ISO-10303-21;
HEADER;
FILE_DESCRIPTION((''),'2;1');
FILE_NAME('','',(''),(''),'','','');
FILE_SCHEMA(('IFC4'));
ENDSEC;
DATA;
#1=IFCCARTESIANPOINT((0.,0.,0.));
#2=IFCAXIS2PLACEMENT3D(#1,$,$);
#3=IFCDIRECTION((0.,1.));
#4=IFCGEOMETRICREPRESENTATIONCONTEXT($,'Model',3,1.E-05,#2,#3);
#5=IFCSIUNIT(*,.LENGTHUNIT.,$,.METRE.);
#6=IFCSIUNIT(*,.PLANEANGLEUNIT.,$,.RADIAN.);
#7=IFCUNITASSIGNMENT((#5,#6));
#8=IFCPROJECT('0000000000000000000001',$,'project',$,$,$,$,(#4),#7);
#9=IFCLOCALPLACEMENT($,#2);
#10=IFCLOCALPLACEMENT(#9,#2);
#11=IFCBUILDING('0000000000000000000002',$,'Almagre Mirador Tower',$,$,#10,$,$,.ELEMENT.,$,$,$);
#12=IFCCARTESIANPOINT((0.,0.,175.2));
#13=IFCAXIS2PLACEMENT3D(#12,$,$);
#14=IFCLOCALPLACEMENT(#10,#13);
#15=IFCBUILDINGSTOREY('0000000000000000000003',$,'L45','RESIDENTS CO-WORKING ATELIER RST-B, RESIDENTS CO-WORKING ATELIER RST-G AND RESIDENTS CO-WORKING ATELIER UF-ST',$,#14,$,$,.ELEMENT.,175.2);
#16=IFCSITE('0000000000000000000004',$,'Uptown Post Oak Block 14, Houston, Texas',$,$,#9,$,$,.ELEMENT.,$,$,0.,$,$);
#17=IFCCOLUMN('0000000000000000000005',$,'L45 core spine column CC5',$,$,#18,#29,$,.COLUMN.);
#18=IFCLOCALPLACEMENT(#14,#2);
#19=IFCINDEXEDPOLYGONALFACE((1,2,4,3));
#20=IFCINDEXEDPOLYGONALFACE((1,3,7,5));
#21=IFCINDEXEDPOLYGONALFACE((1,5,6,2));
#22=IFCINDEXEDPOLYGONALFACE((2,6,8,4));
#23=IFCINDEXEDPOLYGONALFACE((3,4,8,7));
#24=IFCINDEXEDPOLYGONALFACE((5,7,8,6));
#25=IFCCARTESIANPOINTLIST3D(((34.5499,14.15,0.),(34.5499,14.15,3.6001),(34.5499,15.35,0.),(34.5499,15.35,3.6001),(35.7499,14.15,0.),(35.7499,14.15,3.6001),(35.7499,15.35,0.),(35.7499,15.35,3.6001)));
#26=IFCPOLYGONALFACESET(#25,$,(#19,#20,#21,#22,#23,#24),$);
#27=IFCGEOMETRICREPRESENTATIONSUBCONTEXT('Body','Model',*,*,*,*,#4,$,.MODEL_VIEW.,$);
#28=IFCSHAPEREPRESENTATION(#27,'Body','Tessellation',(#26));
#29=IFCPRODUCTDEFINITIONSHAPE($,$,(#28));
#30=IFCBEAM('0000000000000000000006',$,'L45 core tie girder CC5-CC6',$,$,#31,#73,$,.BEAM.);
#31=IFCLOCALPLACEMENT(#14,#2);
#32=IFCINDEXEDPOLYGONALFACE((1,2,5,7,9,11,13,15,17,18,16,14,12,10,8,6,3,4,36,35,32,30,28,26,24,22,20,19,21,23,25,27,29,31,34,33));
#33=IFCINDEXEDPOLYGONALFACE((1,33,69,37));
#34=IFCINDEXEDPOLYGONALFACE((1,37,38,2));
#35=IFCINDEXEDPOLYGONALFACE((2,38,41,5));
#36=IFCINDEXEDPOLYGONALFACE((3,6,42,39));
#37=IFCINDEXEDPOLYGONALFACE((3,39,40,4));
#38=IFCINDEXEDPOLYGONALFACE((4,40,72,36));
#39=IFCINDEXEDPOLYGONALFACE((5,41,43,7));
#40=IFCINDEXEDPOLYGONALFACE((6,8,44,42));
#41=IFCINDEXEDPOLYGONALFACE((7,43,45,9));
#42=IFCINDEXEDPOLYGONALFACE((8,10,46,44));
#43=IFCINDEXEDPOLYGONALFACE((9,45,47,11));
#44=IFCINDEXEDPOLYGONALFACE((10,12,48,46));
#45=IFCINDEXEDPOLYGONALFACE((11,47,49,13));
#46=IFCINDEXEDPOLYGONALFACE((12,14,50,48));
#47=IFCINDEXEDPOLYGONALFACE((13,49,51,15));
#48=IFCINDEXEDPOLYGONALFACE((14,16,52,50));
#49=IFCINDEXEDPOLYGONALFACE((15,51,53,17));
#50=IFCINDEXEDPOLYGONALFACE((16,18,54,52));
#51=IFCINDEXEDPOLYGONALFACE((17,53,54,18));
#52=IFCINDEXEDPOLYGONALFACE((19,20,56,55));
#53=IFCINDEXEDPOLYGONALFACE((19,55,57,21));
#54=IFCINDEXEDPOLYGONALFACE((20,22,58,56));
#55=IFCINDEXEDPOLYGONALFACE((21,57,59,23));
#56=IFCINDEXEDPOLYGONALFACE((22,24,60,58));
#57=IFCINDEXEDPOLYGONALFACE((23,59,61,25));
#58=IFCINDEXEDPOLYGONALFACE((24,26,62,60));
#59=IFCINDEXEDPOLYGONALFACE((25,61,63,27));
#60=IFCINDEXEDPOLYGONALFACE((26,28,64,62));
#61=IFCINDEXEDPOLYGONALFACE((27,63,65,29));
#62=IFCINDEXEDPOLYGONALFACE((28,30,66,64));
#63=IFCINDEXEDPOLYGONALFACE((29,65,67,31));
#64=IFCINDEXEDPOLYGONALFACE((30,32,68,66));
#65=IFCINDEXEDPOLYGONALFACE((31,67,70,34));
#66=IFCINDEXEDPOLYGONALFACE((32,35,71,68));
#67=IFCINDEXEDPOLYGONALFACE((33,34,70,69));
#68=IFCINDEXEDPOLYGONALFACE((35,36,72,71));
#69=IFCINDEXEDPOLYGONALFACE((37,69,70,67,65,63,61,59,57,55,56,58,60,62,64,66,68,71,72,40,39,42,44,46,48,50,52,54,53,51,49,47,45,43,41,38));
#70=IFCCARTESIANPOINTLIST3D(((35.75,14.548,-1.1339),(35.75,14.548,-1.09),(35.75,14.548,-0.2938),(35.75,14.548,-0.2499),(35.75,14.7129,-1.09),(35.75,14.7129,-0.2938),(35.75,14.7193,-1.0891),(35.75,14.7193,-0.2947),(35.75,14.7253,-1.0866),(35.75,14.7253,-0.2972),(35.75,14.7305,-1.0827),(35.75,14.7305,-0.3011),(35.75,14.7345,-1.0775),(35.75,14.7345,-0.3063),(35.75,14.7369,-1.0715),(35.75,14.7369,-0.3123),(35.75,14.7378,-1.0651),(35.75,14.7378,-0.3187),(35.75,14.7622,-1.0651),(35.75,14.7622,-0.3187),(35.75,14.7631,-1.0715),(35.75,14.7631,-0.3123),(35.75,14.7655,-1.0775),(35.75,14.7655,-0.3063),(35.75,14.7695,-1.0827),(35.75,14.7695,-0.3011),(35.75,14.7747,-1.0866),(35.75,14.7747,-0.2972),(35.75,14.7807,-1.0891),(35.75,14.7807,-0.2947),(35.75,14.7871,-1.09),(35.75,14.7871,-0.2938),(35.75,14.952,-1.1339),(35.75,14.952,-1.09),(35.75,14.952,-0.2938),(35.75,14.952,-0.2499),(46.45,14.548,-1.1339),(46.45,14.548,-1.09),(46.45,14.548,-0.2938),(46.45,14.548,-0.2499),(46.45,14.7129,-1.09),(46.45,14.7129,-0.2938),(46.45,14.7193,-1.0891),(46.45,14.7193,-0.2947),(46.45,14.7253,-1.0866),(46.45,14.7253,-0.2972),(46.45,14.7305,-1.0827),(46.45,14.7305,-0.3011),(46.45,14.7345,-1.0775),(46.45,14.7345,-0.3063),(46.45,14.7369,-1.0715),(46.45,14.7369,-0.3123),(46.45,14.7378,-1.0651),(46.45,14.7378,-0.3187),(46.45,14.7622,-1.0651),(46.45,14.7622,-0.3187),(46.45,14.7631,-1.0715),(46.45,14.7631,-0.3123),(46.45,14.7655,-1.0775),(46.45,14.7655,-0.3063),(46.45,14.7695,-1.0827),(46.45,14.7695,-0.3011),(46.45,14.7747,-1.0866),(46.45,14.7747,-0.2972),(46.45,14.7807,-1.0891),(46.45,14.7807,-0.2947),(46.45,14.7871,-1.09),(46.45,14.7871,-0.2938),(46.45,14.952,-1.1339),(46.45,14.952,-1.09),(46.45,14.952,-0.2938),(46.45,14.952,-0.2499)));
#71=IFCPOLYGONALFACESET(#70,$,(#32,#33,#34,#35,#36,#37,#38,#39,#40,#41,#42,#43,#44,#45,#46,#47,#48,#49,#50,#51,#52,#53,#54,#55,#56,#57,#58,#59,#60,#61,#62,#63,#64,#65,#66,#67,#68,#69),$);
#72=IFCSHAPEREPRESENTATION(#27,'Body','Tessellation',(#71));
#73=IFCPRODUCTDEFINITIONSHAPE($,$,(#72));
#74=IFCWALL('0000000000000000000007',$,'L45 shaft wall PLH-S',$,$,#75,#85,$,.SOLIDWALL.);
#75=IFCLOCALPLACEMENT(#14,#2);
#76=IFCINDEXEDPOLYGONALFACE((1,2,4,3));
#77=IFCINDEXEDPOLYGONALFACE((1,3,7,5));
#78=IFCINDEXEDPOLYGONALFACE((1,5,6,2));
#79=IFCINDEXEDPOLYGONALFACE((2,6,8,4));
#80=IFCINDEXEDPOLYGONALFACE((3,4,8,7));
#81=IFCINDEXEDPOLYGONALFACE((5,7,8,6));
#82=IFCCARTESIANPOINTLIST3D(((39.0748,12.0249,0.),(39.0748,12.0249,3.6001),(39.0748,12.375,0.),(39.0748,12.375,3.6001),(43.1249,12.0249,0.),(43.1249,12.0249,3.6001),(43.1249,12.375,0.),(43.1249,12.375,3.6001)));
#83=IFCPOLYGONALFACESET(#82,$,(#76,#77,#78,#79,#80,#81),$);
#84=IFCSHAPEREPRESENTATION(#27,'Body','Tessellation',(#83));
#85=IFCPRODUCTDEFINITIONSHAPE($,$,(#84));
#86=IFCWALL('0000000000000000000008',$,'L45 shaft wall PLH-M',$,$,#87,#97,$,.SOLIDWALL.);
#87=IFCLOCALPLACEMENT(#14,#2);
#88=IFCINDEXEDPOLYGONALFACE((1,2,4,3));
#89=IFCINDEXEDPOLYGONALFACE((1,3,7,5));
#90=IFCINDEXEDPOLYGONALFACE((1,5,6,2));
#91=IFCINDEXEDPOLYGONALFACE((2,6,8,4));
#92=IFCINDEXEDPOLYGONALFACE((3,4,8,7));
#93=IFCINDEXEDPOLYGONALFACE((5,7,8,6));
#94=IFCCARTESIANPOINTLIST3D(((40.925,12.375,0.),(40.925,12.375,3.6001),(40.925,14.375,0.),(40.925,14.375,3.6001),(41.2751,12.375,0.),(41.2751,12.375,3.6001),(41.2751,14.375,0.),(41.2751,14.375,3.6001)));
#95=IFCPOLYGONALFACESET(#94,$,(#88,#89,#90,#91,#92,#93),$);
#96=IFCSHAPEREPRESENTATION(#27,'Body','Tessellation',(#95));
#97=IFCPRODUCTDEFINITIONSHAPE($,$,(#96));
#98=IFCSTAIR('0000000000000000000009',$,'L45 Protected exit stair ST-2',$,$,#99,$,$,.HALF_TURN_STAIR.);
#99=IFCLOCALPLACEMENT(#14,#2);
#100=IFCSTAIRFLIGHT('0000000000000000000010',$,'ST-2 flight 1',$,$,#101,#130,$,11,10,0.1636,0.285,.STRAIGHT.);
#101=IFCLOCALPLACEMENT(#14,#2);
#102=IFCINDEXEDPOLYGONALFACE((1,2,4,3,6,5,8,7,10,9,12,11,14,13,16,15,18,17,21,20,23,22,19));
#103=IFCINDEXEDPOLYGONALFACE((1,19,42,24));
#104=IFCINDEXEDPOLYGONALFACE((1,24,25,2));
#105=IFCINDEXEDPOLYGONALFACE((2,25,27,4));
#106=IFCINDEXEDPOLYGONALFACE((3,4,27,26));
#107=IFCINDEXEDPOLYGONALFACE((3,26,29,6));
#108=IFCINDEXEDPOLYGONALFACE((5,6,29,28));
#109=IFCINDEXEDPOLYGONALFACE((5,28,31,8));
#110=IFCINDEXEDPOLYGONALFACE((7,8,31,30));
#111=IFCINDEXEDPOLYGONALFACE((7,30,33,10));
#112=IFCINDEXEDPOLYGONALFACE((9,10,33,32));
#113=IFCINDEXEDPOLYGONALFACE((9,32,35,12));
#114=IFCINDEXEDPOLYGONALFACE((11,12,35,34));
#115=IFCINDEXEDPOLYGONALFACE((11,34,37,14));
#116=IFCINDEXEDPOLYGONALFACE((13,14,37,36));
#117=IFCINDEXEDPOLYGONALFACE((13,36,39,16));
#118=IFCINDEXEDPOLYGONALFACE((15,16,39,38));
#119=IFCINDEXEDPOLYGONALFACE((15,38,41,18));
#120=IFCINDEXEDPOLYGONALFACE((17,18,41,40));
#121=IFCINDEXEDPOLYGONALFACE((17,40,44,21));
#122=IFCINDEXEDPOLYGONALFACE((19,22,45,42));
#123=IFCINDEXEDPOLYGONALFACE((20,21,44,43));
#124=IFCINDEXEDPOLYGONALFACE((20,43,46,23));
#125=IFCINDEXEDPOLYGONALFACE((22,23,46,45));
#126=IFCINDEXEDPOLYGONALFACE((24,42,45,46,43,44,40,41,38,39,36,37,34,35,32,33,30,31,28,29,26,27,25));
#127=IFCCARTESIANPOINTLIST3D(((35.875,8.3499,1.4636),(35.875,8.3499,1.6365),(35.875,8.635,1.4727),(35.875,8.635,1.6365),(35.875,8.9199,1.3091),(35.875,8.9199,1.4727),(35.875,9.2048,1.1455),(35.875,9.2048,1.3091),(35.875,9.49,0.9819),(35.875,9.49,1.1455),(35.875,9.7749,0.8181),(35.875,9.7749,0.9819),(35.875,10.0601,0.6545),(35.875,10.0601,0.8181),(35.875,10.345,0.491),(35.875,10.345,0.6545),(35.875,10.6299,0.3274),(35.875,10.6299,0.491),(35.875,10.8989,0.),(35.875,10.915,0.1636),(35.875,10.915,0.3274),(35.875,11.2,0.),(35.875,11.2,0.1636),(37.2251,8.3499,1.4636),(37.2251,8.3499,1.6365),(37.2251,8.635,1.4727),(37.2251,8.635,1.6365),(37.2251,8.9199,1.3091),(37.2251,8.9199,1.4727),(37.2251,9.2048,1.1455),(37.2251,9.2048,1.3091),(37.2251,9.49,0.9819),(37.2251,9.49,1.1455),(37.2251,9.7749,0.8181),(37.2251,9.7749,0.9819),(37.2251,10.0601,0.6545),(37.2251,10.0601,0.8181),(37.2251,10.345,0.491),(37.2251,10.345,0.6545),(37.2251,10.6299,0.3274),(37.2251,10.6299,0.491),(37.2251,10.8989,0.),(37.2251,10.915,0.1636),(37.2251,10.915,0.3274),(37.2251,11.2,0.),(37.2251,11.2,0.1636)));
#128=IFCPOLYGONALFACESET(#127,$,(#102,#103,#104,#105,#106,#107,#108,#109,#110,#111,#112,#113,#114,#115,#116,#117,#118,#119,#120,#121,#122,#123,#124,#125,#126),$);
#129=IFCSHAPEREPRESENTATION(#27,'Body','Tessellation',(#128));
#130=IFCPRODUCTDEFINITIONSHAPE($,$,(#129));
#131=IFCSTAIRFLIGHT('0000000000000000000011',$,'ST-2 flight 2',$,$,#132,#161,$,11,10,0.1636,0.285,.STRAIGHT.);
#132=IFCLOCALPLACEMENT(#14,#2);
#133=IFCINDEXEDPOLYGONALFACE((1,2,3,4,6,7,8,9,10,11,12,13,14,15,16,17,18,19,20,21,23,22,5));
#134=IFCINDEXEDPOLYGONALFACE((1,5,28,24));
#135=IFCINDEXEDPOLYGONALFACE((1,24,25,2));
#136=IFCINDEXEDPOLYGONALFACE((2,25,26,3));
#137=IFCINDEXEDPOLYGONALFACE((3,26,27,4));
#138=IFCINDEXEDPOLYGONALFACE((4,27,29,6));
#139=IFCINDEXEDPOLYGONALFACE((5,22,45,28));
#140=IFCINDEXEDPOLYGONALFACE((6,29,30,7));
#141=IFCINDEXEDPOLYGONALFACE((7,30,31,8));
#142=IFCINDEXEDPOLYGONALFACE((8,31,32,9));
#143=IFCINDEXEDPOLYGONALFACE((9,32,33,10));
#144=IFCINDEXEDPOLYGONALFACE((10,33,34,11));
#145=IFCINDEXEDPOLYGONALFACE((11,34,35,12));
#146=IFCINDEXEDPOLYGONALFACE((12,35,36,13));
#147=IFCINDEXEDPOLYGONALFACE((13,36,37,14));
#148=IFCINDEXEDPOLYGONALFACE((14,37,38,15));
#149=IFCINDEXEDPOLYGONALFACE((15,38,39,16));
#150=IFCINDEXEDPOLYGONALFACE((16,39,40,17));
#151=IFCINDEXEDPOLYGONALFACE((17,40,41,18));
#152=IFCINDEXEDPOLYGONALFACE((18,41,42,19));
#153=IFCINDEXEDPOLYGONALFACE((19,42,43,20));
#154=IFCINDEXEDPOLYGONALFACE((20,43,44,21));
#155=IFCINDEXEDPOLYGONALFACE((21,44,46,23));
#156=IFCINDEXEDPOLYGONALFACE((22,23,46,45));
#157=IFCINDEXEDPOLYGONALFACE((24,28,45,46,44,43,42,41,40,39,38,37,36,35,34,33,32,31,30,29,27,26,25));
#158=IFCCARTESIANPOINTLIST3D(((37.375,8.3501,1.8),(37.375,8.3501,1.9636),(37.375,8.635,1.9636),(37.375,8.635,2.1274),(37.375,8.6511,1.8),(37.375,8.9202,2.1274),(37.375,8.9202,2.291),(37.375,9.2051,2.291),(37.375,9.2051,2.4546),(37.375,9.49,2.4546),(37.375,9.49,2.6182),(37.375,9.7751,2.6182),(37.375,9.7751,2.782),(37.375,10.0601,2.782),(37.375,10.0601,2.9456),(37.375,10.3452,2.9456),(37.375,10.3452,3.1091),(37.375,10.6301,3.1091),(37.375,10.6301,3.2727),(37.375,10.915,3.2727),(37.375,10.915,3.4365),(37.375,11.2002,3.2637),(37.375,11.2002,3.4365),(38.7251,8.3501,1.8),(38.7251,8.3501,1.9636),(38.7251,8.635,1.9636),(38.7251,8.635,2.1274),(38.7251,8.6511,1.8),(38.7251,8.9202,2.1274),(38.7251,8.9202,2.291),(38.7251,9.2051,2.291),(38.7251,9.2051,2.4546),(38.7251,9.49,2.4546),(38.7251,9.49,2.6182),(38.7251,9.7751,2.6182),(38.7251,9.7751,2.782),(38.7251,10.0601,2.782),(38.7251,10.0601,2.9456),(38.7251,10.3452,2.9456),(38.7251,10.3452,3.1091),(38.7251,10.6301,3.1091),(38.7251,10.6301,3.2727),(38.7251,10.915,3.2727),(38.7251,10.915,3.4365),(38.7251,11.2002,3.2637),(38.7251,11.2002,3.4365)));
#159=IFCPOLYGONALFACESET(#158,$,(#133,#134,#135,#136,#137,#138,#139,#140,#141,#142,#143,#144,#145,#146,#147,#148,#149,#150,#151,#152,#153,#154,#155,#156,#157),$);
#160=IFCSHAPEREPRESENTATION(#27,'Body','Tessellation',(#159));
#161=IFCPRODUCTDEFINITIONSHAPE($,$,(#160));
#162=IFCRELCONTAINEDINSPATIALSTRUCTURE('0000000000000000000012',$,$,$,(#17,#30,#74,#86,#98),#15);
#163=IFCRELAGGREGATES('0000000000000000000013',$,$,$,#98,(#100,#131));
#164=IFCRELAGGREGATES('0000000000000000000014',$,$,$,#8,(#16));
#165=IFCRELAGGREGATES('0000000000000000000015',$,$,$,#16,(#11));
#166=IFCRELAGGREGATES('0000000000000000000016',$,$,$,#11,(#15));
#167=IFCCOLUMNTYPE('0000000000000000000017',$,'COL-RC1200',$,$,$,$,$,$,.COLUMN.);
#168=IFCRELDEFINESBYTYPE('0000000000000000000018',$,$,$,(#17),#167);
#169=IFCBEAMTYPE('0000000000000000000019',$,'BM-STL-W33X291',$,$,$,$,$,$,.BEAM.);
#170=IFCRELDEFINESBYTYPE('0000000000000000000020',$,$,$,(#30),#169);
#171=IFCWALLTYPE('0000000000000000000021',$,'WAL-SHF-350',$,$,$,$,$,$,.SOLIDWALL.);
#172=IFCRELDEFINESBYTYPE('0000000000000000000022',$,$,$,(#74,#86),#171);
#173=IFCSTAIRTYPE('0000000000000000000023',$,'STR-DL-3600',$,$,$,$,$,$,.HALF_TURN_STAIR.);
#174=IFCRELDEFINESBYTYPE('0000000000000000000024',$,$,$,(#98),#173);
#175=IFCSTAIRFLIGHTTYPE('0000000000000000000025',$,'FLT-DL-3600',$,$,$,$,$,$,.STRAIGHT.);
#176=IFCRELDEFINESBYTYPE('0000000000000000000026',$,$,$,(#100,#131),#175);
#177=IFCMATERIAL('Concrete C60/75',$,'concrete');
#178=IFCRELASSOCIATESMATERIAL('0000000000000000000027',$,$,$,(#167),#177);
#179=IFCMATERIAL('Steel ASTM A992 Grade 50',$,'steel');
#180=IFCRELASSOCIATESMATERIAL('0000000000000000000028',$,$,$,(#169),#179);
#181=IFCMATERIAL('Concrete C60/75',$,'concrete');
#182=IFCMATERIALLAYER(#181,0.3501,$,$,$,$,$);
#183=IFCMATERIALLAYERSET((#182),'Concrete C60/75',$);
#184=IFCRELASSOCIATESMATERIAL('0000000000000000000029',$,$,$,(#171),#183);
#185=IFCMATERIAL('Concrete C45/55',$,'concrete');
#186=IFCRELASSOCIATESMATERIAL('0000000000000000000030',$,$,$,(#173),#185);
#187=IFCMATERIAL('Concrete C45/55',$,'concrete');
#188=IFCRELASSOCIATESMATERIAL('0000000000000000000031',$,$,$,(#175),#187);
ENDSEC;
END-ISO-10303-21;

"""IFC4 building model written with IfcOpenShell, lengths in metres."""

from ifc_helpers import new_model, si_unit, direction, frame, frame_2d, origin, origin_2d, place, context, subcontext, project, spatial, polyline, rectangle, i_section, outline, extrude, material, layer, layer_set, material_profile, profile_set, type_object, element, aggregate, save


model = new_model("IFC4")

# Units and contexts
model_context = context("Model", 3, precision=1e-05, world=origin(), true_north=direction((0.0, 1.0)))
body_context = subcontext(model_context, "Body", "Model", "MODEL_VIEW")
ifc_project = project(units=[si_unit("LENGTHUNIT", "METRE"), si_unit("PLANEANGLEUNIT", "RADIAN")], contexts=[model_context])

# Site, building, storey
site_placement = place(None, origin())
site = spatial("IfcSite", under=ifc_project, at=site_placement, Name="Uptown Post Oak Block 14, Houston, Texas", CompositionType="ELEMENT", RefElevation=0.0)
building_placement = place(site_placement, origin())
building = spatial("IfcBuilding", under=site, at=building_placement, Name="Almagre Mirador Tower", CompositionType="ELEMENT")
storey_placement = place(building_placement, frame((0.0, 0.0, 175.2)))
storey = spatial("IfcBuildingStorey", under=building, at=storey_placement, Name="L45", Description="RESIDENTS CO-WORKING ATELIER RST-B, RESIDENTS CO-WORKING ATELIER RST-G AND RESIDENTS CO-WORKING ATELIER UF-ST", CompositionType="ELEMENT", Elevation=175.2)

# Column
ifc_material_1 = material(Name="Concrete C60/75", Category="concrete")
ifc_material_profile_1 = material_profile(ifc_material_1, rectangle(XDim=1.2, YDim=1.2, at=origin_2d()), Name="RC1200X1200")
ifc_profile_set_1 = profile_set([ifc_material_profile_1], Name="Concrete C60/75")
column_type = type_object("IfcColumnType", Name="COL-RC1200", PredefinedType="COLUMN", material=ifc_profile_set_1)
column_placement = place(storey_placement, frame((35.1499, 14.75, 0.0), z_axis=(0.0, 0.0, 1.0), x_axis=(1.0, 0.0, 0.0)))
element("IfcColumn", 1, at=column_placement, inside=storey, type_object=column_type, Name="L45 core spine column CC5", PredefinedType="COLUMN", context=body_context, shape_type="SweptSolid", body=[
    extrude(rectangle(XDim=1.2, YDim=1.2, at=origin_2d()), origin(), (0.0, 0.0, 1.0), 3.6001),
])

# Beam
ifc_material_2 = material(Name="Steel ASTM A992 Grade 50", Category="steel")
ifc_material_profile_2 = material_profile(ifc_material_2, i_section(OverallWidth=0.4041, OverallDepth=0.884, WebThickness=0.0244, FlangeThickness=0.0439, FilletRadius=0.0249, at=origin_2d()), Name="W33X291")
ifc_profile_set_2 = profile_set([ifc_material_profile_2], Name="Steel ASTM A992 Grade 50")
beam_type = type_object("IfcBeamType", Name="BM-STL-W33X291", PredefinedType="BEAM", material=ifc_profile_set_2)
beam_placement = place(storey_placement, frame((35.75, 14.75, -0.6919), z_axis=(1.0, 0.0, 0.0), x_axis=(0.0, 1.0, 0.0)))
element("IfcBeam", 2, at=beam_placement, inside=storey, type_object=beam_type, Name="L45 core tie girder CC5-CC6", PredefinedType="BEAM", context=body_context, shape_type="SweptSolid", body=[
    extrude(i_section(OverallWidth=0.4041, OverallDepth=0.884, WebThickness=0.0244, FlangeThickness=0.0439, FilletRadius=0.0249, at=origin_2d()), origin(), (0.0, 0.0, 1.0), 10.7),
])

# Walls
ifc_material_3 = material(Name="Concrete C60/75", Category="concrete")
ifc_layer_1 = layer(ifc_material_3, 0.3501)
ifc_layer_set_1 = layer_set([ifc_layer_1], Name="Concrete C60/75")
wall_type_1 = type_object("IfcWallType", Name="WAL-SHF-350", PredefinedType="SOLIDWALL", material=ifc_layer_set_1)
wall_1_placement = place(storey_placement, frame((39.075, 12.2, 0.0), z_axis=(0.0, 0.0, 1.0), x_axis=(1.0, 0.0, 0.0)))
element("IfcWall", 3, at=wall_1_placement, inside=storey, type_object=wall_type_1, Name="L45 shaft wall PLH-S", PredefinedType="SOLIDWALL", context=body_context, shape_type="SweptSolid", body=[
    extrude(rectangle(XDim=4.05, YDim=0.3501, at=frame_2d((2.0249, 0.0))), origin(), (0.0, 0.0, 1.0), 3.6001),
])
wall_2_placement = place(storey_placement, frame((41.1001, 12.375, 0.0), z_axis=(0.0, 0.0, 1.0), x_axis=(0.0, 1.0, 0.0)))
element("IfcWall", 4, at=wall_2_placement, inside=storey, type_object=wall_type_1, Name="L45 shaft wall PLH-M", PredefinedType="SOLIDWALL", context=body_context, shape_type="SweptSolid", body=[
    extrude(rectangle(XDim=2.0, YDim=0.3501, at=frame_2d((1.0, 0.0))), origin(), (0.0, 0.0, 1.0), 3.6001),
])

# Stair, stair flights
ifc_material_4 = material(Name="Concrete C45/55", Category="concrete")
stair_type = type_object("IfcStairType", Name="STR-DL-3600", PredefinedType="HALF_TURN_STAIR", material=ifc_material_4)
stair_1_placement = place(storey_placement, origin())
stair_1 = element("IfcStair", 5, at=stair_1_placement, inside=storey, type_object=stair_type, Name="L45 Protected exit stair ST-2", PredefinedType="HALF_TURN_STAIR")
ifc_material_5 = material(Name="Concrete C45/55", Category="concrete")
stair_flight_type = type_object("IfcStairFlightType", Name="FLT-DL-3600", PredefinedType="STRAIGHT", material=ifc_material_5)
stair_flight_1_placement = place(storey_placement, frame((36.55, 11.2, 0.0), z_axis=(0.0, 0.0, 1.0), x_axis=(0.0, -1.0, 0.0)))
stair_flight_1 = element("IfcStairFlight", 6, at=stair_flight_1_placement, type_object=stair_flight_type, Name="ST-2 flight 1", NumberOfRisers=11, NumberOfTreads=10, PredefinedType="STRAIGHT", RiserHeight=0.1636, TreadLength=0.285, context=body_context, shape_type="SweptSolid", body=[
    extrude(outline(polyline([(0.0, 0.0), (0.0, 0.1636), (0.2849, 0.1636), (0.2849, 0.3274), (0.5701, 0.3274), (0.5701, 0.491), (0.855, 0.491), (0.855, 0.6545), (1.1399, 0.6545), (1.1399, 0.8181), (1.425, 0.8181), (1.425, 0.9819), (1.71, 0.9819), (1.71, 1.1455), (1.9951, 1.1455), (1.9951, 1.3091), (2.28, 1.3091), (2.28, 1.4727), (2.5649, 1.4727), (2.5649, 1.6365), (2.8501, 1.6365), (2.8501, 1.8), (2.8501, 1.4636), (0.301, 0.0), (0.0, 0.0)])), frame((0.0, 0.675, 0.0), z_axis=(0.0, -1.0, 0.0), x_axis=(1.0, 0.0, 0.0)), (0.0, 0.0, 1.0), 1.3501),
])
stair_flight_2_placement = place(storey_placement, frame((38.05, 8.3501, 1.8), z_axis=(0.0, 0.0, 1.0), x_axis=(0.0, 1.0, 0.0)))
stair_flight_2 = element("IfcStairFlight", 7, at=stair_flight_2_placement, type_object=stair_flight_type, Name="ST-2 flight 2", NumberOfRisers=11, NumberOfTreads=10, PredefinedType="STRAIGHT", RiserHeight=0.1636, TreadLength=0.285, context=body_context, shape_type="SweptSolid", body=[
    extrude(outline(polyline([(0.0, 0.0), (0.0, 0.1636), (0.2849, 0.1636), (0.2849, 0.3274), (0.5701, 0.3274), (0.5701, 0.491), (0.855, 0.491), (0.855, 0.6545), (1.1399, 0.6545), (1.1399, 0.8181), (1.425, 0.8181), (1.425, 0.9819), (1.71, 0.9819), (1.71, 1.1455), (1.9951, 1.1455), (1.9951, 1.3091), (2.28, 1.3091), (2.28, 1.4727), (2.5649, 1.4727), (2.5649, 1.6365), (2.8501, 1.6365), (2.8501, 1.8), (2.8501, 1.4636), (0.301, 0.0), (0.0, 0.0)])), frame((0.0, 0.675, 0.0), z_axis=(0.0, -1.0, 0.0), x_axis=(1.0, 0.0, 0.0)), (0.0, 0.0, 1.0), 1.3501),
])
aggregate(stair_1, [stair_flight_1, stair_flight_2])

save(model, "model.ifc")
